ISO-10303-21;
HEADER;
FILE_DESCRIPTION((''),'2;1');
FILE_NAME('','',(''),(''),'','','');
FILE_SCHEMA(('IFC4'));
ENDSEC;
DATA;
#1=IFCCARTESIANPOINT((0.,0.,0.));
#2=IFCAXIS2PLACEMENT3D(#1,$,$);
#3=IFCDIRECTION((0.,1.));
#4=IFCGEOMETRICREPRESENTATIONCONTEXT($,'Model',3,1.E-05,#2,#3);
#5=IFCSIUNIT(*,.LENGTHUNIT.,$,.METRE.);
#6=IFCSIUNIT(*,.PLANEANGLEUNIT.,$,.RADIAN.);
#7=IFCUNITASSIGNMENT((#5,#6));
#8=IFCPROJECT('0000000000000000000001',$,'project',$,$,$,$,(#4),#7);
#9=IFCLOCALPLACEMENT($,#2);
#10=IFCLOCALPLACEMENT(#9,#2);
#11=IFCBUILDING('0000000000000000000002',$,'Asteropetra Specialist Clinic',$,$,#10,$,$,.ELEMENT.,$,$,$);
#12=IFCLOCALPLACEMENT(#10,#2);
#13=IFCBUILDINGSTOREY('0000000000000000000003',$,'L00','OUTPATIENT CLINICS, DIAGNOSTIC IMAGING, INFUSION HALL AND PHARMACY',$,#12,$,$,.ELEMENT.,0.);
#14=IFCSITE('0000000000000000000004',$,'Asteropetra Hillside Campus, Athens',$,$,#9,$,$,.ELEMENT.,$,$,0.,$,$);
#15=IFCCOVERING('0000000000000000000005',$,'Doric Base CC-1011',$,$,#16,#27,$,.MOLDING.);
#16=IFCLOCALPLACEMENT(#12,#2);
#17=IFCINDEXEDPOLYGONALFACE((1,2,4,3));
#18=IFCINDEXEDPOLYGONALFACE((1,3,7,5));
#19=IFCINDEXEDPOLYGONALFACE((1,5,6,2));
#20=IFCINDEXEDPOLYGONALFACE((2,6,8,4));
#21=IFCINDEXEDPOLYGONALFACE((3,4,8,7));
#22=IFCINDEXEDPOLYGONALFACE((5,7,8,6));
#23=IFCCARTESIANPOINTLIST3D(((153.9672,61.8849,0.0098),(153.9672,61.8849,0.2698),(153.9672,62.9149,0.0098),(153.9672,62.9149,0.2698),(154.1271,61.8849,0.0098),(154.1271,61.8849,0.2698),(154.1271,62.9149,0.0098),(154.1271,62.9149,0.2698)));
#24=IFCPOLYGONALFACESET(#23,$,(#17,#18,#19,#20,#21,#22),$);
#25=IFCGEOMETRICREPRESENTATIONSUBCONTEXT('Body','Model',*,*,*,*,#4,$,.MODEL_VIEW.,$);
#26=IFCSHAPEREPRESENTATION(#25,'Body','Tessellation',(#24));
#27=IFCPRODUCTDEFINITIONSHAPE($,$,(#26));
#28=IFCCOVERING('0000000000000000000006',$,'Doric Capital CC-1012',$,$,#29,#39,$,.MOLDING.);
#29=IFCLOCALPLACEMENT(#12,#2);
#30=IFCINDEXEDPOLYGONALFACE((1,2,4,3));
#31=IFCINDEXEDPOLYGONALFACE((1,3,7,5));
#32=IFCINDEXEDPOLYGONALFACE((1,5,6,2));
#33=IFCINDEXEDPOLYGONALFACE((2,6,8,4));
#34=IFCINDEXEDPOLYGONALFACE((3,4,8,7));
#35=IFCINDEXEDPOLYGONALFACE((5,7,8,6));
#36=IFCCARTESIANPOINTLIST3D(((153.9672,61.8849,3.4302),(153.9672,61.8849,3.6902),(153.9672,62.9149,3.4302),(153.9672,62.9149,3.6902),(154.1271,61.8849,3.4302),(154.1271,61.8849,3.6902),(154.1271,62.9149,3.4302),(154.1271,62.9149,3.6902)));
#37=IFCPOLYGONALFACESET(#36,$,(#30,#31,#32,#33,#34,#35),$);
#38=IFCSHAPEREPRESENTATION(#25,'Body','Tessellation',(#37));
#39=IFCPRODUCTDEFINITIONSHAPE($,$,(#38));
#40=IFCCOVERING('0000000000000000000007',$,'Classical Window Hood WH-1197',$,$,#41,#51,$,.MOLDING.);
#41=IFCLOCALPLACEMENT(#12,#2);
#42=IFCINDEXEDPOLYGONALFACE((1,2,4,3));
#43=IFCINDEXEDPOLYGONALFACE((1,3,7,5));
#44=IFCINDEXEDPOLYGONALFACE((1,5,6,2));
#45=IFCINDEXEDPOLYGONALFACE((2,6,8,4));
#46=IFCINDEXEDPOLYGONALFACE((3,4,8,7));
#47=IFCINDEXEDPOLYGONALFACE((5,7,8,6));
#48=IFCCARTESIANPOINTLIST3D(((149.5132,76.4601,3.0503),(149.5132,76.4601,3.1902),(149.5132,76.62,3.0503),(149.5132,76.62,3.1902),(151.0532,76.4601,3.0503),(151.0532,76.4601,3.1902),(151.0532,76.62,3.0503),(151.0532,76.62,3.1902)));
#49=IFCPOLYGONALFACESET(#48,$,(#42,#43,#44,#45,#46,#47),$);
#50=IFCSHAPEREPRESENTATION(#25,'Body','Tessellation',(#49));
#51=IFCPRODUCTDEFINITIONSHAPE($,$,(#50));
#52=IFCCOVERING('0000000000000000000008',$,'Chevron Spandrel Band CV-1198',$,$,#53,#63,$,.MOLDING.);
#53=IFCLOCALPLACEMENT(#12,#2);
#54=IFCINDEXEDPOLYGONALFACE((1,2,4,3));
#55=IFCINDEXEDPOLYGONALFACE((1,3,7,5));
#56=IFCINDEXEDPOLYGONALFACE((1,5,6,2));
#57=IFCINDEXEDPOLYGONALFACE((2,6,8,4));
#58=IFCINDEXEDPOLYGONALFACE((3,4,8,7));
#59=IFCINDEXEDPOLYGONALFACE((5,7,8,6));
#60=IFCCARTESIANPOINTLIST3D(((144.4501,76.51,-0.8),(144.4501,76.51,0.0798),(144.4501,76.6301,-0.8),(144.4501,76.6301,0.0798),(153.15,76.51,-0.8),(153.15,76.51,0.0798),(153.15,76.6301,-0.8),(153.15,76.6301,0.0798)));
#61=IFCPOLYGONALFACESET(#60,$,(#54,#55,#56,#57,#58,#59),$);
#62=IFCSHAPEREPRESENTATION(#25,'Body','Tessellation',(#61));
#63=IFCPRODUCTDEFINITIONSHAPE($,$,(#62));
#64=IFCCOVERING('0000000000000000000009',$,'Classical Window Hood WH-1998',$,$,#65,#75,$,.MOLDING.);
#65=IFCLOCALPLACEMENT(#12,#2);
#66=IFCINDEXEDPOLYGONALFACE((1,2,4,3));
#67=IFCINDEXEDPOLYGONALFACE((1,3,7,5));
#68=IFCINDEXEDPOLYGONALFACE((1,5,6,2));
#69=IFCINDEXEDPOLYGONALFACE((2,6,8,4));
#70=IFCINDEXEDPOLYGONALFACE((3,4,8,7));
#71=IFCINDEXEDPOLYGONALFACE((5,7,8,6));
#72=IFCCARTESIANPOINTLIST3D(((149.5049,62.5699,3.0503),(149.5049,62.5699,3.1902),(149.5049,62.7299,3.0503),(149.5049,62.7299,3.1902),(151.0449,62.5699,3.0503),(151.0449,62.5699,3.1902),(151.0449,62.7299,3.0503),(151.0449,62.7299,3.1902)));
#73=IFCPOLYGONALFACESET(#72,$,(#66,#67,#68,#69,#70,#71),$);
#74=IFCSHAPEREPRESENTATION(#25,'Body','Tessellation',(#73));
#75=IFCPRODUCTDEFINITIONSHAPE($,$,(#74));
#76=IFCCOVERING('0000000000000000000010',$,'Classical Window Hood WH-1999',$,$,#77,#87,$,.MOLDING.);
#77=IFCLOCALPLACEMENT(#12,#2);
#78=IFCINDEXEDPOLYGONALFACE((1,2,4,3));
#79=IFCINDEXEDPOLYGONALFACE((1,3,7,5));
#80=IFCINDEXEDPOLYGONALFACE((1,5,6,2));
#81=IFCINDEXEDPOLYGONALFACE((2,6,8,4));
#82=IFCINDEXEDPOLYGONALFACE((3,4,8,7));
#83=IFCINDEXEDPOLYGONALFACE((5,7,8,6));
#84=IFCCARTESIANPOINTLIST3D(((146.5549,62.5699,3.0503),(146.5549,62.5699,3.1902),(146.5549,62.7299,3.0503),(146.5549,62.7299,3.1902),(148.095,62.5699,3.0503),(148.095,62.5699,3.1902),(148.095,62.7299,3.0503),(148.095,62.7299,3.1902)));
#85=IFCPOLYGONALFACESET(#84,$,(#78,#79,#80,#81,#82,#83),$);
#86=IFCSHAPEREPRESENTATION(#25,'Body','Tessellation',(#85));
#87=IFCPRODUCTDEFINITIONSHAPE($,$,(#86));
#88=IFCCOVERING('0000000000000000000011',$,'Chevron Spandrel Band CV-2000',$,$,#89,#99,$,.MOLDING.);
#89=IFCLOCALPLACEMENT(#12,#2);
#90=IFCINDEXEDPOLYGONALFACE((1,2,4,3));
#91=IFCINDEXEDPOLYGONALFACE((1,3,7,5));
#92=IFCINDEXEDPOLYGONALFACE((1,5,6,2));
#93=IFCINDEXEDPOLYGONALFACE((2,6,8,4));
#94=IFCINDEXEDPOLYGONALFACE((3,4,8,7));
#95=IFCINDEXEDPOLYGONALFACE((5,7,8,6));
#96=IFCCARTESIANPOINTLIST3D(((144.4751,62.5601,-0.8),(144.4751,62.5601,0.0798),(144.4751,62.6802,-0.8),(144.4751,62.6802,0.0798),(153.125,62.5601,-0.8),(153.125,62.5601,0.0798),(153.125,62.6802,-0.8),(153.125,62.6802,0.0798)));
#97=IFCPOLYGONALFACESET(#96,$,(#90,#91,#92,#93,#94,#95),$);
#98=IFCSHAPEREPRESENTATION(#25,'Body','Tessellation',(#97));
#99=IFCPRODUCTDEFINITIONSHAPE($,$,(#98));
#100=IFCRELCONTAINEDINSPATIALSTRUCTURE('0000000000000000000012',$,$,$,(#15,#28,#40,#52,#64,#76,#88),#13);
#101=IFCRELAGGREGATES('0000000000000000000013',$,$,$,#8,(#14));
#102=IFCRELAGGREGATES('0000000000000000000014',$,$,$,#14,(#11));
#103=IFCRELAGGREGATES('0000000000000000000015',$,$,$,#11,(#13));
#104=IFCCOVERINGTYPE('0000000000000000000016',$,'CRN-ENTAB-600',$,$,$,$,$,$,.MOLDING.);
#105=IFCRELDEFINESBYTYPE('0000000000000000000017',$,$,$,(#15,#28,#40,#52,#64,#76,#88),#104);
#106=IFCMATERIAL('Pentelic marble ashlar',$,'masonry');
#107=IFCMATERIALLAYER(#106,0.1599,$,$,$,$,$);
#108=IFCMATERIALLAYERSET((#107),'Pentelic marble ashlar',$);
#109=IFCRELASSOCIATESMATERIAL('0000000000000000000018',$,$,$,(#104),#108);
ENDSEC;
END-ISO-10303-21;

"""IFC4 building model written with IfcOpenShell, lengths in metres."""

from ifc_helpers import new_model, si_unit, direction, frame, origin, origin_2d, place, context, subcontext, project, spatial, rectangle, extrude, material, layer, layer_set, type_object, element, save


model = new_model("IFC4")

# Units and contexts
model_context = context("Model", 3, precision=1e-05, world=origin(), true_north=direction((0.0, 1.0)))
body_context = subcontext(model_context, "Body", "Model", "MODEL_VIEW")
ifc_project = project(units=[si_unit("LENGTHUNIT", "METRE"), si_unit("PLANEANGLEUNIT", "RADIAN")], contexts=[model_context])

# Site, building, storey
site_placement = place(None, origin())
site = spatial("IfcSite", under=ifc_project, at=site_placement, Name="Asteropetra Hillside Campus, Athens", CompositionType="ELEMENT", RefElevation=0.0)
building_placement = place(site_placement, origin())
building = spatial("IfcBuilding", under=site, at=building_placement, Name="Asteropetra Specialist Clinic", CompositionType="ELEMENT")
storey_placement = place(building_placement, origin())
storey = spatial("IfcBuildingStorey", under=building, at=storey_placement, Name="L00", Description="OUTPATIENT CLINICS, DIAGNOSTIC IMAGING, INFUSION HALL AND PHARMACY", CompositionType="ELEMENT", Elevation=0.0)

# Coverings
ifc_material_1 = material(Name="Pentelic marble ashlar", Category="masonry")
ifc_layer_1 = layer(ifc_material_1, 0.1599)
ifc_layer_set_1 = layer_set([ifc_layer_1], Name="Pentelic marble ashlar")
covering_type = type_object("IfcCoveringType", Name="CRN-ENTAB-600", PredefinedType="MOLDING", material=ifc_layer_set_1)
for number, where, z_axis, x_axis, name in (
    (1, (154.0471, 62.3999, 0.0098), (0.0, 0.0, 1.0), (1.0, 0.0, 0.0), "Doric Base CC-1011"),
    (2, (154.0471, 62.3999, 3.4302), (0.0, 0.0, 1.0), (1.0, 0.0, 0.0), "Doric Capital CC-1012"),
):
    element("IfcCovering", number, at=place(storey_placement, frame(where, z_axis=z_axis, x_axis=x_axis)), inside=storey, type_object=covering_type, Name=name, PredefinedType="MOLDING", context=body_context, shape_type="SweptSolid", body=[
        extrude(rectangle(XDim=0.1599, YDim=1.03, at=origin_2d()), origin(), (0.0, 0.0, 1.0), 0.26),
    ])
covering_1_placement = place(storey_placement, frame((150.2832, 76.54, 3.0503), z_axis=(0.0, 0.0, 1.0), x_axis=(1.0, 0.0, 0.0)))
element("IfcCovering", 3, at=covering_1_placement, inside=storey, type_object=covering_type, Name="Classical Window Hood WH-1197", PredefinedType="MOLDING", context=body_context, shape_type="SweptSolid", body=[
    extrude(rectangle(XDim=1.54, YDim=0.1599, at=origin_2d()), origin(), (0.0, 0.0, 1.0), 0.1399),
])
covering_2_placement = place(storey_placement, frame((148.8, 76.5701, -0.8), z_axis=(0.0, 0.0, 1.0), x_axis=(1.0, 0.0, 0.0)))
element("IfcCovering", 4, at=covering_2_placement, inside=storey, type_object=covering_type, Name="Chevron Spandrel Band CV-1198", PredefinedType="MOLDING", context=body_context, shape_type="SweptSolid", body=[
    extrude(rectangle(XDim=8.7, YDim=0.1201, at=origin_2d()), origin(), (0.0, 0.0, 1.0), 0.8799),
])
for number, where, z_axis, x_axis, name in (
    (5, (150.2749, 62.6499, 3.0503), (0.0, 0.0, 1.0), (1.0, 0.0, 0.0), "Classical Window Hood WH-1998"),
    (6, (147.325, 62.6499, 3.0503), (0.0, 0.0, 1.0), (1.0, 0.0, 0.0), "Classical Window Hood WH-1999"),
):
    element("IfcCovering", number, at=place(storey_placement, frame(where, z_axis=z_axis, x_axis=x_axis)), inside=storey, type_object=covering_type, Name=name, PredefinedType="MOLDING", context=body_context, shape_type="SweptSolid", body=[
        extrude(rectangle(XDim=1.54, YDim=0.1599, at=origin_2d()), origin(), (0.0, 0.0, 1.0), 0.1399),
    ])
covering_3_placement = place(storey_placement, frame((148.8, 62.6201, -0.8), z_axis=(0.0, 0.0, 1.0), x_axis=(1.0, 0.0, 0.0)))
element("IfcCovering", 7, at=covering_3_placement, inside=storey, type_object=covering_type, Name="Chevron Spandrel Band CV-2000", PredefinedType="MOLDING", context=body_context, shape_type="SweptSolid", body=[
    extrude(rectangle(XDim=8.6499, YDim=0.1201, at=origin_2d()), origin(), (0.0, 0.0, 1.0), 0.8799),
])

save(model, "model.ifc")
